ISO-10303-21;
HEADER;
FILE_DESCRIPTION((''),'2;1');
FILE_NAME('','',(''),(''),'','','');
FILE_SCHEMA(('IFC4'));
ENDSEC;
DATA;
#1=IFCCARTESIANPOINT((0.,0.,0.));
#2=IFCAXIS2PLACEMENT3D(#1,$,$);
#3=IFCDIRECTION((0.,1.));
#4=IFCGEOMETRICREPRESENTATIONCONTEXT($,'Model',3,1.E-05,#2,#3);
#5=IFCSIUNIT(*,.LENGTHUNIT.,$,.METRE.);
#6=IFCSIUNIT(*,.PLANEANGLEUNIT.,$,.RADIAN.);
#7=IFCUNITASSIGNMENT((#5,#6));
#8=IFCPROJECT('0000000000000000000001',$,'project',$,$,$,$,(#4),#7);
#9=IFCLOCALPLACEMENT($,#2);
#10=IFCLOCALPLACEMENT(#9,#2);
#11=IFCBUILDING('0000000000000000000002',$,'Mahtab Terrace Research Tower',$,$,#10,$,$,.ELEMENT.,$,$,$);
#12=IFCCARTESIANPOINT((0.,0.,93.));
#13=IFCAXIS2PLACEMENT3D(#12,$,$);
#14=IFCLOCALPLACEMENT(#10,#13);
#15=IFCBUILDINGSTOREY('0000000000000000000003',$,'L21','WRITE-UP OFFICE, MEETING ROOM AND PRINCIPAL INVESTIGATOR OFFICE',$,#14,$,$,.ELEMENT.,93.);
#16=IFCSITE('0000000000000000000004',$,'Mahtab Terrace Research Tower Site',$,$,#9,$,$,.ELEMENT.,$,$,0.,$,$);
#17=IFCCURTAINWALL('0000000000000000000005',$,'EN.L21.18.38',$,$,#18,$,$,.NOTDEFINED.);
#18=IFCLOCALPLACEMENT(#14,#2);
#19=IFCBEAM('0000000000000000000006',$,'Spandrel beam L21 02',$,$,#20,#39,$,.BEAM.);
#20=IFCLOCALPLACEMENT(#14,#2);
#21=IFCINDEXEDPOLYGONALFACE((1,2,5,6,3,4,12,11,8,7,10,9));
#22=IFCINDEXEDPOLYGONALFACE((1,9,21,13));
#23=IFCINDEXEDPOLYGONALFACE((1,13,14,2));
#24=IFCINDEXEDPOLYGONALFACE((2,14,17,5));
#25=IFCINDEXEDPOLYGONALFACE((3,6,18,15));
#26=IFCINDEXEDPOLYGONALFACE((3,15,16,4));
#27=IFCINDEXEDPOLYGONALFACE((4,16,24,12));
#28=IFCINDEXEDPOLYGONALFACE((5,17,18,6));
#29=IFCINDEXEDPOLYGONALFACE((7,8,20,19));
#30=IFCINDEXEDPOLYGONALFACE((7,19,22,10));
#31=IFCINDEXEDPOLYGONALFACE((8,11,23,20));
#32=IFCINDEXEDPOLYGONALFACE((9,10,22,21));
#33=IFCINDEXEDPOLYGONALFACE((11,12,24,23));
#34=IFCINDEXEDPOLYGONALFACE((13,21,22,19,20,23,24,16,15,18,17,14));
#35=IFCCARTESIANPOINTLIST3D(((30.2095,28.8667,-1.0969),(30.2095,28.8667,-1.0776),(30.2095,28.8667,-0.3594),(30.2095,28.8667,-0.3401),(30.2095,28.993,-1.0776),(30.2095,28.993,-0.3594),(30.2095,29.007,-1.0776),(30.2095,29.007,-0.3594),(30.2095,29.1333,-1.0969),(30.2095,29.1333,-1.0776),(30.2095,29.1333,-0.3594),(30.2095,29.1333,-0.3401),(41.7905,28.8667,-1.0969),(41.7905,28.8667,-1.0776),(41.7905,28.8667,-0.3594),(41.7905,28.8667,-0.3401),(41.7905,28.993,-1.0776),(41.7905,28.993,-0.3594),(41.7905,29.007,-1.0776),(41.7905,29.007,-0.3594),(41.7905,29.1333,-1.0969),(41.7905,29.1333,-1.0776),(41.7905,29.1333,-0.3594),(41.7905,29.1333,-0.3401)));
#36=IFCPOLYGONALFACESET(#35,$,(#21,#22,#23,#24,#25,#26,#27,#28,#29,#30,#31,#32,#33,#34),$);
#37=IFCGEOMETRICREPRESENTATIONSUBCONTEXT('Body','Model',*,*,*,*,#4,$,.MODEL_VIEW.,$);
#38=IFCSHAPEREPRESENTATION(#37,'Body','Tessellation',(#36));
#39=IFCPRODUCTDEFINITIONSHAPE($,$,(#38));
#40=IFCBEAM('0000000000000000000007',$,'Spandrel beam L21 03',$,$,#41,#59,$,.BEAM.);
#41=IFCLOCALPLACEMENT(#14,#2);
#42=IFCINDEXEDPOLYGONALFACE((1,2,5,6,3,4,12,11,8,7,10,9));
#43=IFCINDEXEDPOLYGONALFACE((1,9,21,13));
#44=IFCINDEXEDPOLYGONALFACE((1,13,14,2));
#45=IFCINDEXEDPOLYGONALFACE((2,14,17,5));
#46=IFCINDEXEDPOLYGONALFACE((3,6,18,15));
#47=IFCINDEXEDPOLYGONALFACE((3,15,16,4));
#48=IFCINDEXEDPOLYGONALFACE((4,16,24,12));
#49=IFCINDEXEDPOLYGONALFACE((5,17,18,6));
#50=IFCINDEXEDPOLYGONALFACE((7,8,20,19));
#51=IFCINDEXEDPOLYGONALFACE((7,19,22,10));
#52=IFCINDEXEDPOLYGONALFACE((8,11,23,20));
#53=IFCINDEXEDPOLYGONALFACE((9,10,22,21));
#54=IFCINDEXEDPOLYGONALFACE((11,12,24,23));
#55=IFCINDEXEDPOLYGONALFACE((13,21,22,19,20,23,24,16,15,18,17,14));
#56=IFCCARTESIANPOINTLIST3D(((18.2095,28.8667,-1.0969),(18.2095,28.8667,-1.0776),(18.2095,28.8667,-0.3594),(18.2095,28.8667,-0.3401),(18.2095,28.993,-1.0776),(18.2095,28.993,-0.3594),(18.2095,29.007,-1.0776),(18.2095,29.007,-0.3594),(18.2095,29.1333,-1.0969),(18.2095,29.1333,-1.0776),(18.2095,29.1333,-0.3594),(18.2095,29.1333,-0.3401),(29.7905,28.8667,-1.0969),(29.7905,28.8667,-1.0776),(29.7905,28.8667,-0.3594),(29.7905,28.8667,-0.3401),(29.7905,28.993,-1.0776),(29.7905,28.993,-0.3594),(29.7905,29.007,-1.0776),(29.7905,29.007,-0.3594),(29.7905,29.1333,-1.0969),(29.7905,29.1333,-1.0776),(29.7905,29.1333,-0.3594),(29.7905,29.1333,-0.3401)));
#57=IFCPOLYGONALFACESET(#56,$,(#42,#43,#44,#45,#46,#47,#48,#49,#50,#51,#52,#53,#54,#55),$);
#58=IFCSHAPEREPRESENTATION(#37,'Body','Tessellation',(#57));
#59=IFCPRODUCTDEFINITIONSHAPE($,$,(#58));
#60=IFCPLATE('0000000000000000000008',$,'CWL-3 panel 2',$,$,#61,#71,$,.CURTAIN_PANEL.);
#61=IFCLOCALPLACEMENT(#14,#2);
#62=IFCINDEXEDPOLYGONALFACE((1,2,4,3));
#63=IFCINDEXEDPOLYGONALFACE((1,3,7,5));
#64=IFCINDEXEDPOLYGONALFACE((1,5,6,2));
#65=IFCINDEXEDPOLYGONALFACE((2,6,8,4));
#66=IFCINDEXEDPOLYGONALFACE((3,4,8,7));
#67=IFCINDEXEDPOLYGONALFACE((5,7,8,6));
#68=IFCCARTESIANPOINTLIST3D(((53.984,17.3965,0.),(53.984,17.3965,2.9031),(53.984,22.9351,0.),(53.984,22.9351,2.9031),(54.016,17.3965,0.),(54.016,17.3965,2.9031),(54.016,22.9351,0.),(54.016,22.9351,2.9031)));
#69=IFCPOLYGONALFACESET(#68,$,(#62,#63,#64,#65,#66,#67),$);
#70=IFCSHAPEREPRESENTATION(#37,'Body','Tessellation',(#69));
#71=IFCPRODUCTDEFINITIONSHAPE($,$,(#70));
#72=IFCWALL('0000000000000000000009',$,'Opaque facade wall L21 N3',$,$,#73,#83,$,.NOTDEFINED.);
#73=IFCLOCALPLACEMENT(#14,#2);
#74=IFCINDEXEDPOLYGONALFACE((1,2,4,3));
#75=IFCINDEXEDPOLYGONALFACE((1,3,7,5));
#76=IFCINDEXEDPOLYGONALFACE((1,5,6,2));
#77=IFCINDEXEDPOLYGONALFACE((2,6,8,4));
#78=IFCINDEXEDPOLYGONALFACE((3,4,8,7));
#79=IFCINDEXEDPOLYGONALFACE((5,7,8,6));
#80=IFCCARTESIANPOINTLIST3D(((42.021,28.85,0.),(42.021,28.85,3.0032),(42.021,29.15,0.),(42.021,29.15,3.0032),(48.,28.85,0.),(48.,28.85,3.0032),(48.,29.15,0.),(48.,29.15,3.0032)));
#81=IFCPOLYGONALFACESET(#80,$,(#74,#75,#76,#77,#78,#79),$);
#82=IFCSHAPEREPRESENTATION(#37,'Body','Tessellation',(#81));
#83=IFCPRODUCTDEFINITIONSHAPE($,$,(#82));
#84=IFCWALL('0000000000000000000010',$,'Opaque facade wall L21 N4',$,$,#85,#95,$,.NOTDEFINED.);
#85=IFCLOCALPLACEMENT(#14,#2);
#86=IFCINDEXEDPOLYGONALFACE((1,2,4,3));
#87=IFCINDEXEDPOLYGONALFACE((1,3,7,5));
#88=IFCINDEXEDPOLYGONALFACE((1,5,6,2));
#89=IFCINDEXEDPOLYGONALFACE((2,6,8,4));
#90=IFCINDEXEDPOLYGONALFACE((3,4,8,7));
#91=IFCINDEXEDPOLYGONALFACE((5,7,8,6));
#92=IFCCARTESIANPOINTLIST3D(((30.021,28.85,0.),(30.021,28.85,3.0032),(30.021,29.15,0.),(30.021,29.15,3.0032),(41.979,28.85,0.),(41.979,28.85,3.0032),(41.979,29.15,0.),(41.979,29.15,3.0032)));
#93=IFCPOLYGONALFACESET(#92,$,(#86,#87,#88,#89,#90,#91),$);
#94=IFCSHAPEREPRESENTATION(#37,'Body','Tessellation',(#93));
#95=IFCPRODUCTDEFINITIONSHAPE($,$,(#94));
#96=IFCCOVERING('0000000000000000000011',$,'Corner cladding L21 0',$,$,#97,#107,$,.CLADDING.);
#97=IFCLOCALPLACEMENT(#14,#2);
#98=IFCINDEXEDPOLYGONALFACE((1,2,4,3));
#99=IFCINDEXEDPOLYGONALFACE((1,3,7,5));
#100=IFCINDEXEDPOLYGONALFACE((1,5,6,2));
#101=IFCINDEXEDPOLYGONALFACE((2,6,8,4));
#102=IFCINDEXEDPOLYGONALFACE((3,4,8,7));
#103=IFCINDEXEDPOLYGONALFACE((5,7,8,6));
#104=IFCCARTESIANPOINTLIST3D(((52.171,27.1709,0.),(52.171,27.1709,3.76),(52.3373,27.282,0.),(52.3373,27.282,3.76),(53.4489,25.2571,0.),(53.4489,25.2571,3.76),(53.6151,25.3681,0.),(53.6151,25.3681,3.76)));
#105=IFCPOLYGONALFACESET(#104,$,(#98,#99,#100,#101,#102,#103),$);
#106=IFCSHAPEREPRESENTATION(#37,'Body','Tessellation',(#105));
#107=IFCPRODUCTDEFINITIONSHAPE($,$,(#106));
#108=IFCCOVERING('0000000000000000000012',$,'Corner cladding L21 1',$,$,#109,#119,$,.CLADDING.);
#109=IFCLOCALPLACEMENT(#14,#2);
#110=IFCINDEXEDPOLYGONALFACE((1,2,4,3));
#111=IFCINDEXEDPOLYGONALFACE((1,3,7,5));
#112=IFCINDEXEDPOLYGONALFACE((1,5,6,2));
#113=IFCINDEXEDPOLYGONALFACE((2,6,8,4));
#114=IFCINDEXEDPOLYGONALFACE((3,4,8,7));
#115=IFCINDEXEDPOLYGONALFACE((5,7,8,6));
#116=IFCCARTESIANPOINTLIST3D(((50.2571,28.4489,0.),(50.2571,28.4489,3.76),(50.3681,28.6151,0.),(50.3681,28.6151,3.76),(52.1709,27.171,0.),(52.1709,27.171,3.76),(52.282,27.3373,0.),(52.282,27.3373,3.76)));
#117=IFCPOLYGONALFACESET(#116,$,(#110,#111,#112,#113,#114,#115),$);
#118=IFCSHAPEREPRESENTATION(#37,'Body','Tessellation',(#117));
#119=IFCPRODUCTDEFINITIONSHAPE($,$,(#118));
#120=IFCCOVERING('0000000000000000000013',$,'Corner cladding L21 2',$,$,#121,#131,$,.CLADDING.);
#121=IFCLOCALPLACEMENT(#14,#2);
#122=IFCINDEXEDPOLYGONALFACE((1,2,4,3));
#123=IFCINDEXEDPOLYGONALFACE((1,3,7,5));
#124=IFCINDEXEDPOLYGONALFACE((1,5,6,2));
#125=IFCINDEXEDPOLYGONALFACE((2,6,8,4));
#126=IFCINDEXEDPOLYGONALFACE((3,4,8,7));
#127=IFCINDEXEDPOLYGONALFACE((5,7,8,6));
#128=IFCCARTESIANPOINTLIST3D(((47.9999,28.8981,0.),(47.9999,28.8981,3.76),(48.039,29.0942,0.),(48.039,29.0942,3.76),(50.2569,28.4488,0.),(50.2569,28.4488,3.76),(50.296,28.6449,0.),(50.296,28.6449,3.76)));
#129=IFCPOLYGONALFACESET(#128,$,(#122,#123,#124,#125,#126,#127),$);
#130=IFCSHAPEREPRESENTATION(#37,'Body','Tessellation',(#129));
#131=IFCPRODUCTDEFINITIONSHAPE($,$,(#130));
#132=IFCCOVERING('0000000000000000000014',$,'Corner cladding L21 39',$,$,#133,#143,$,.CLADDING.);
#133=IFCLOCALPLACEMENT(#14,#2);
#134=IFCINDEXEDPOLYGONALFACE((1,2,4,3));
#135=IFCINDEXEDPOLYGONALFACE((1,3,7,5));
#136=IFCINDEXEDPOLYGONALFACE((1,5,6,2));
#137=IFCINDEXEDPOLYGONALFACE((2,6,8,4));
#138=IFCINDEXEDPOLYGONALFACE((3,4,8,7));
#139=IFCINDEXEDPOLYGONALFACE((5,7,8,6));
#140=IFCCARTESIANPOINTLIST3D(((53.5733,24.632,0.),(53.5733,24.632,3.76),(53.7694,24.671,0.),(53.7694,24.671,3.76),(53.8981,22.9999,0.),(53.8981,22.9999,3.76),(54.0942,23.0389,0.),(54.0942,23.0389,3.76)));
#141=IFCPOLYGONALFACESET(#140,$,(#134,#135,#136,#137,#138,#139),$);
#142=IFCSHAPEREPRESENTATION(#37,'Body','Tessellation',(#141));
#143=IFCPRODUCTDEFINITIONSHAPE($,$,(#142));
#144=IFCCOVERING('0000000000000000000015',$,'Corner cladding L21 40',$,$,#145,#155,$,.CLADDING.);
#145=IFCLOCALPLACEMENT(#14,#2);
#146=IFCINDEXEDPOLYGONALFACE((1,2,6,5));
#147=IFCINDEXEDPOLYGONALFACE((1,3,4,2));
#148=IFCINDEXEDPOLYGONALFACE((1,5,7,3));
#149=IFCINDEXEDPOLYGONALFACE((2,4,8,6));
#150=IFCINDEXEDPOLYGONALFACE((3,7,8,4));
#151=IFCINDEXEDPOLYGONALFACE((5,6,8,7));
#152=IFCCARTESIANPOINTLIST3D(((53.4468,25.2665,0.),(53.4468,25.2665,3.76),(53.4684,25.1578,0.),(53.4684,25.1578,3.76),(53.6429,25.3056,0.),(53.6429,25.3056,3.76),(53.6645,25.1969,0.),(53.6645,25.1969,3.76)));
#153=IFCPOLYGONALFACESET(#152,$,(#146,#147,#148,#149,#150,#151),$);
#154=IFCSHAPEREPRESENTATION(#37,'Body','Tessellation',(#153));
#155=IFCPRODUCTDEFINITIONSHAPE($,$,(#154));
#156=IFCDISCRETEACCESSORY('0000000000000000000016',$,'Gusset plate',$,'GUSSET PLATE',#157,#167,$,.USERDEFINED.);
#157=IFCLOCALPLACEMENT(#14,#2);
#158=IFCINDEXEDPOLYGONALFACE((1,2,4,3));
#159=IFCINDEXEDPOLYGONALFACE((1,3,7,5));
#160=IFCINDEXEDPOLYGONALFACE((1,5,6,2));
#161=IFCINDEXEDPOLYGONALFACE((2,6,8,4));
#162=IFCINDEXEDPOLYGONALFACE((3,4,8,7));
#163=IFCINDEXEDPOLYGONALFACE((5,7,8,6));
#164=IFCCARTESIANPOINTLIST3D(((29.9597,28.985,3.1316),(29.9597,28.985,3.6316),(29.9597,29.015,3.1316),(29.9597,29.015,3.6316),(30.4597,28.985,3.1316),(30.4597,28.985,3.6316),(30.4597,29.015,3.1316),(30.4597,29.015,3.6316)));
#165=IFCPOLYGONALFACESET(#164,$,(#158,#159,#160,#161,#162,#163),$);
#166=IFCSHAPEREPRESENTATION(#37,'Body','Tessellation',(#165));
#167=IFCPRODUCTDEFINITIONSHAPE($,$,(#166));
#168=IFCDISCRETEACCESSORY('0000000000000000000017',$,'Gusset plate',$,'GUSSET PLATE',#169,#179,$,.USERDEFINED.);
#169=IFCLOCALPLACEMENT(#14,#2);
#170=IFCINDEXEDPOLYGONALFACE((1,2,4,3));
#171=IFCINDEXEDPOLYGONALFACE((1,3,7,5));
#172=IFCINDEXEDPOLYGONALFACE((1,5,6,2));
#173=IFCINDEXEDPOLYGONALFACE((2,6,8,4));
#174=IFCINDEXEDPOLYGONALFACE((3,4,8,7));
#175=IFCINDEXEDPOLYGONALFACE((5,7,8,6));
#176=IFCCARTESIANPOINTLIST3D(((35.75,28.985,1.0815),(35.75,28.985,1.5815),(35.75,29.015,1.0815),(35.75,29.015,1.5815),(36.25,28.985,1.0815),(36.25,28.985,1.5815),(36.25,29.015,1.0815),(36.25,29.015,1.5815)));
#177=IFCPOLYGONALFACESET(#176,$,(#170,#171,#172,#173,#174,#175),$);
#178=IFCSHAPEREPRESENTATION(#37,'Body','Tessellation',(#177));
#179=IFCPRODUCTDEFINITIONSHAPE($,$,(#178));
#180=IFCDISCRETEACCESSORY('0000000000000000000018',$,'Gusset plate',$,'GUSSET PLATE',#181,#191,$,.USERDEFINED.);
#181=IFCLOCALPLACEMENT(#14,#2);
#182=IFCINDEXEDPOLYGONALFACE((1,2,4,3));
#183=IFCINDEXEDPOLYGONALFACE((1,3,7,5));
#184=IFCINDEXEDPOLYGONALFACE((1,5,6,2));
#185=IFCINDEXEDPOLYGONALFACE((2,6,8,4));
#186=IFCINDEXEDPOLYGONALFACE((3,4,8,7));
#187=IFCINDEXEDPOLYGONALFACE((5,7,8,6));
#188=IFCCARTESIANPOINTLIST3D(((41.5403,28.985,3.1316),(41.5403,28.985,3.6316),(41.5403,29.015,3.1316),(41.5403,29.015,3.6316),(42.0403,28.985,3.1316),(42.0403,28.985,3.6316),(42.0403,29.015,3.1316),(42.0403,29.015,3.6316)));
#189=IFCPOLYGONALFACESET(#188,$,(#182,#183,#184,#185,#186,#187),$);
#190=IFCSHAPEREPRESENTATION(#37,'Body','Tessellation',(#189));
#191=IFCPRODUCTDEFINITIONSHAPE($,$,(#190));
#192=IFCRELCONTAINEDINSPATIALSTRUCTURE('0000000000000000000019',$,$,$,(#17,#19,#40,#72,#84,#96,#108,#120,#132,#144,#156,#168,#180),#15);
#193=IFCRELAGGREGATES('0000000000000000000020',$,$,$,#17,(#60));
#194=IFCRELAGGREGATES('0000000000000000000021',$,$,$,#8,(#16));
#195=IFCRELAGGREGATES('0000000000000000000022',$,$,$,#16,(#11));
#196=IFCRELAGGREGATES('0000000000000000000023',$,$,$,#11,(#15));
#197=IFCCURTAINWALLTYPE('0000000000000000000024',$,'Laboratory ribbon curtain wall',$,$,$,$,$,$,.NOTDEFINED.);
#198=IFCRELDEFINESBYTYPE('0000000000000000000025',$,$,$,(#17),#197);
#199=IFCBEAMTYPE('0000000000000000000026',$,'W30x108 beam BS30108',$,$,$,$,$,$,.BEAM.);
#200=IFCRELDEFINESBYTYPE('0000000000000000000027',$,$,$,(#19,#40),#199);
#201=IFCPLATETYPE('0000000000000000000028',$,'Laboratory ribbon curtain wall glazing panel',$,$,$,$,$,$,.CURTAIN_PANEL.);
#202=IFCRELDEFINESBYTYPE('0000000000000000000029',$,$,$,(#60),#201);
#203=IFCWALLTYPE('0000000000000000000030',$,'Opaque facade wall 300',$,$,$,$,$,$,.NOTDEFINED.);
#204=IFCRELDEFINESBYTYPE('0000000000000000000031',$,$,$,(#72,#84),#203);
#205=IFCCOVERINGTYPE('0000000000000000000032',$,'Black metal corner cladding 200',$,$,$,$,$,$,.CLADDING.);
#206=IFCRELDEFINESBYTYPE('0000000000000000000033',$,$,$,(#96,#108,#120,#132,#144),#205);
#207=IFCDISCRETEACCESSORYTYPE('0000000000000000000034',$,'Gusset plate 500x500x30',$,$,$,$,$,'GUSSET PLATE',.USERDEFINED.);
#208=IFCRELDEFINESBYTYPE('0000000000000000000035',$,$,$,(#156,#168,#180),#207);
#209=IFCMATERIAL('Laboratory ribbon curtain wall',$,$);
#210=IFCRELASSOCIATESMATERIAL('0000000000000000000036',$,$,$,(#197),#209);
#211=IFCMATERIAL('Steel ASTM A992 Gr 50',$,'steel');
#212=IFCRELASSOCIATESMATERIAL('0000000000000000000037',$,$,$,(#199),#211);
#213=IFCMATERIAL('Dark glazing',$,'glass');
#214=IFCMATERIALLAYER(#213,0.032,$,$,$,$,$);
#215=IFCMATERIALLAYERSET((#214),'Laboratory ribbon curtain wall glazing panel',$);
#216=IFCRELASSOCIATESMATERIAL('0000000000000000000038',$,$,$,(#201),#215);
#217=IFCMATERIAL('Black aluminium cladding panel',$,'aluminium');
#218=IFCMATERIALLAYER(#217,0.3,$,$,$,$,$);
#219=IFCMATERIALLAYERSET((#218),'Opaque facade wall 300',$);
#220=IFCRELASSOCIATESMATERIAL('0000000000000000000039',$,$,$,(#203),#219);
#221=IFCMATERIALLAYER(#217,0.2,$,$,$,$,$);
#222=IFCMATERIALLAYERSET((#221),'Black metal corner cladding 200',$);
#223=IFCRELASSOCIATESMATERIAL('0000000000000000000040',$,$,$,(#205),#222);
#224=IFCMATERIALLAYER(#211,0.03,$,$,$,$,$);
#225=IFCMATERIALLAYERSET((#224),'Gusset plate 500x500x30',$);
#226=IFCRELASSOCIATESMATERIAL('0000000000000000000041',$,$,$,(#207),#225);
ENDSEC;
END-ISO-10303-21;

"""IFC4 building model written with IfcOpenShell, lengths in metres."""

from ifc_helpers import new_model, si_unit, direction, frame, frame_2d, origin, origin_2d, place, context, subcontext, project, spatial, rectangle, i_section, extrude, material, layer, layer_set, material_profile, profile_set, type_object, element, aggregate, save


model = new_model("IFC4")

# Units and contexts
model_context = context("Model", 3, precision=1e-05, world=origin(), true_north=direction((0.0, 1.0)))
body_context = subcontext(model_context, "Body", "Model", "MODEL_VIEW")
ifc_project = project(units=[si_unit("LENGTHUNIT", "METRE"), si_unit("PLANEANGLEUNIT", "RADIAN")], contexts=[model_context])

# Site, building, storey
site_placement = place(None, origin())
site = spatial("IfcSite", under=ifc_project, at=site_placement, Name="Mahtab Terrace Research Tower Site", CompositionType="ELEMENT", RefElevation=0.0)
building_placement = place(site_placement, origin())
building = spatial("IfcBuilding", under=site, at=building_placement, Name="Mahtab Terrace Research Tower", CompositionType="ELEMENT")
storey_placement = place(building_placement, frame((0.0, 0.0, 93.0)))
storey = spatial("IfcBuildingStorey", under=building, at=storey_placement, Name="L21", Description="WRITE-UP OFFICE, MEETING ROOM AND PRINCIPAL INVESTIGATOR OFFICE", CompositionType="ELEMENT", Elevation=93.0)

# Shared definitions
ifc_material_1 = material(Name="Steel ASTM A992 Gr 50", Category="steel")

# Curtain wall
ifc_material_2 = material(Name="Laboratory ribbon curtain wall")
curtain_wall_type = type_object("IfcCurtainWallType", Name="Laboratory ribbon curtain wall", PredefinedType="NOTDEFINED", material=ifc_material_2)
curtain_wall_1_placement = place(storey_placement, origin())
curtain_wall_1 = element("IfcCurtainWall", 1, at=curtain_wall_1_placement, inside=storey, type_object=curtain_wall_type, Name="EN.L21.18.38", PredefinedType="NOTDEFINED")

# Beams
ifc_material_profile_1 = material_profile(ifc_material_1, i_section(OverallWidth=0.2666, OverallDepth=0.7568, WebThickness=0.0139, FlangeThickness=0.0193, at=origin_2d()), Name="W30X108")
ifc_profile_set_1 = profile_set([ifc_material_profile_1], Name="Steel ASTM A992 Gr 50")
beam_type = type_object("IfcBeamType", Name="W30x108 beam BS30108", PredefinedType="BEAM", material=ifc_profile_set_1)
for number, where, z_axis, x_axis, name in (
    (2, (41.7905, 29.0, -0.7185), (-1.0, 0.0, 0.0), (0.0, -1.0, 0.0), "Spandrel beam L21 02"),
    (3, (29.7905, 29.0, -0.7185), (-1.0, 0.0, 0.0), (0.0, -1.0, 0.0), "Spandrel beam L21 03"),
):
    element("IfcBeam", number, at=place(storey_placement, frame(where, z_axis=z_axis, x_axis=x_axis)), inside=storey, type_object=beam_type, Name=name, PredefinedType="BEAM", context=body_context, shape_type="SweptSolid", body=[
        extrude(i_section(OverallWidth=0.2666, OverallDepth=0.7568, WebThickness=0.0139, FlangeThickness=0.0193, at=origin_2d()), origin(), (0.0, 0.0, 1.0), 11.5811),
    ])

# Plate
ifc_material_3 = material(Name="Dark glazing", Category="glass")
ifc_layer_1 = layer(ifc_material_3, 0.032)
ifc_layer_set_1 = layer_set([ifc_layer_1], Name="Laboratory ribbon curtain wall glazing panel")
plate_type = type_object("IfcPlateType", Name="Laboratory ribbon curtain wall glazing panel", PredefinedType="CURTAIN_PANEL", material=ifc_layer_set_1)
plate_placement = place(storey_placement, frame((54.0, 20.1658, 0.0), z_axis=(0.0, 0.0, 1.0), x_axis=(0.0, 1.0, 0.0)))
plate = element("IfcPlate", 4, at=plate_placement, type_object=plate_type, Name="CWL-3 panel 2", PredefinedType="CURTAIN_PANEL", context=body_context, shape_type="SweptSolid", body=[
    extrude(rectangle(XDim=5.5386, YDim=0.032, at=origin_2d()), origin(), (0.0, 0.0, 1.0), 2.9031),
])
aggregate(curtain_wall_1, [plate])

# Walls
ifc_material_4 = material(Name="Black aluminium cladding panel", Category="aluminium")
ifc_layer_2 = layer(ifc_material_4, 0.3)
ifc_layer_set_2 = layer_set([ifc_layer_2], Name="Opaque facade wall 300")
wall_type = type_object("IfcWallType", Name="Opaque facade wall 300", PredefinedType="NOTDEFINED", material=ifc_layer_set_2)
wall_1_placement = place(storey_placement, frame((48.0, 29.0, 0.0), z_axis=(0.0, 0.0, 1.0), x_axis=(-1.0, 0.0, 0.0)))
element("IfcWall", 5, at=wall_1_placement, inside=storey, type_object=wall_type, Name="Opaque facade wall L21 N3", PredefinedType="NOTDEFINED", context=body_context, shape_type="SweptSolid", body=[
    extrude(rectangle(XDim=5.979, YDim=0.3, at=frame_2d((2.9895, 0.0))), origin(), (0.0, 0.0, 1.0), 3.0032),
])
wall_2_placement = place(storey_placement, frame((41.979, 29.0, 0.0), z_axis=(0.0, 0.0, 1.0), x_axis=(-1.0, 0.0, 0.0)))
element("IfcWall", 6, at=wall_2_placement, inside=storey, type_object=wall_type, Name="Opaque facade wall L21 N4", PredefinedType="NOTDEFINED", context=body_context, shape_type="SweptSolid", body=[
    extrude(rectangle(XDim=11.958, YDim=0.3, at=frame_2d((5.979, 0.0))), origin(), (0.0, 0.0, 1.0), 3.0032),
])

# Coverings
ifc_layer_3 = layer(ifc_material_4, 0.2)
ifc_layer_set_3 = layer_set([ifc_layer_3], Name="Black metal corner cladding 200")
covering_type = type_object("IfcCoveringType", Name="Black metal corner cladding 200", PredefinedType="CLADDING", material=ifc_layer_set_3)
for number, where, z_axis, x_axis, name in (
    (7, (52.8931, 26.2695, 0.0), (0.0, 0.0, 1.0), (-0.555291, 0.831656, 0.0), "Corner cladding L21 0"),
    (8, (51.2695, 27.8931, 0.0), (0.0, 0.0, 1.0), (-0.831656, 0.555291, 0.0), "Corner cladding L21 1"),
    (9, (49.1479, 28.7715, 0.0), (0.0, 0.0, 1.0), (-0.980761, 0.195212, 0.0), "Corner cladding L21 2"),
):
    element("IfcCovering", number, at=place(storey_placement, frame(where, z_axis=z_axis, x_axis=x_axis)), inside=storey, type_object=covering_type, Name=name, PredefinedType="CLADDING", context=body_context, shape_type="SweptSolid", body=[
        extrude(rectangle(XDim=2.3013, YDim=0.2, at=origin_2d()), origin(), (0.0, 0.0, 1.0), 3.76),
    ])
covering_1_placement = place(storey_placement, frame((53.8337, 23.8354, 0.0), z_axis=(0.0, 0.0, 1.0), x_axis=(-0.195212, 0.980761, 0.0)))
element("IfcCovering", 10, at=covering_1_placement, inside=storey, type_object=covering_type, Name="Corner cladding L21 39", PredefinedType="CLADDING", context=body_context, shape_type="SweptSolid", body=[
    extrude(rectangle(XDim=1.6641, YDim=0.2, at=origin_2d()), origin(), (0.0, 0.0, 1.0), 3.76),
])
covering_2_placement = place(storey_placement, frame((53.5557, 25.2317, 0.0), z_axis=(0.0, 0.0, 1.0), x_axis=(-0.195212, 0.980761, 0.0)))
element("IfcCovering", 11, at=covering_2_placement, inside=storey, type_object=covering_type, Name="Corner cladding L21 40", PredefinedType="CLADDING", context=body_context, shape_type="SweptSolid", body=[
    extrude(rectangle(XDim=0.1108, YDim=0.2, at=origin_2d()), origin(), (0.0, 0.0, 1.0), 3.76),
])

# Discrete accessories
ifc_layer_4 = layer(ifc_material_1, 0.03)
ifc_layer_set_4 = layer_set([ifc_layer_4], Name="Gusset plate 500x500x30")
discrete_accessory_type = type_object("IfcDiscreteAccessoryType", Name="Gusset plate 500x500x30", ElementType="GUSSET PLATE", PredefinedType="USERDEFINED", material=ifc_layer_set_4)
for number, where, z_axis, x_axis, name in (
    (12, (30.2097, 29.0, 3.1316), (0.0, 0.0, 1.0), (1.0, 0.0, 0.0), "Gusset plate"),
    (13, (36.0, 29.0, 1.0815), (0.0, 0.0, 1.0), (1.0, 0.0, 0.0), "Gusset plate"),
    (14, (41.7903, 29.0, 3.1316), (0.0, 0.0, 1.0), (1.0, 0.0, 0.0), "Gusset plate"),
):
    element("IfcDiscreteAccessory", number, at=place(storey_placement, frame(where, z_axis=z_axis, x_axis=x_axis)), inside=storey, type_object=discrete_accessory_type, Name=name, ObjectType="GUSSET PLATE", PredefinedType="USERDEFINED", context=body_context, shape_type="SweptSolid", body=[
        extrude(rectangle(XDim=0.5, YDim=0.03, at=origin_2d()), origin(), (0.0, 0.0, 1.0), 0.5),
    ])

save(model, "model.ifc")
